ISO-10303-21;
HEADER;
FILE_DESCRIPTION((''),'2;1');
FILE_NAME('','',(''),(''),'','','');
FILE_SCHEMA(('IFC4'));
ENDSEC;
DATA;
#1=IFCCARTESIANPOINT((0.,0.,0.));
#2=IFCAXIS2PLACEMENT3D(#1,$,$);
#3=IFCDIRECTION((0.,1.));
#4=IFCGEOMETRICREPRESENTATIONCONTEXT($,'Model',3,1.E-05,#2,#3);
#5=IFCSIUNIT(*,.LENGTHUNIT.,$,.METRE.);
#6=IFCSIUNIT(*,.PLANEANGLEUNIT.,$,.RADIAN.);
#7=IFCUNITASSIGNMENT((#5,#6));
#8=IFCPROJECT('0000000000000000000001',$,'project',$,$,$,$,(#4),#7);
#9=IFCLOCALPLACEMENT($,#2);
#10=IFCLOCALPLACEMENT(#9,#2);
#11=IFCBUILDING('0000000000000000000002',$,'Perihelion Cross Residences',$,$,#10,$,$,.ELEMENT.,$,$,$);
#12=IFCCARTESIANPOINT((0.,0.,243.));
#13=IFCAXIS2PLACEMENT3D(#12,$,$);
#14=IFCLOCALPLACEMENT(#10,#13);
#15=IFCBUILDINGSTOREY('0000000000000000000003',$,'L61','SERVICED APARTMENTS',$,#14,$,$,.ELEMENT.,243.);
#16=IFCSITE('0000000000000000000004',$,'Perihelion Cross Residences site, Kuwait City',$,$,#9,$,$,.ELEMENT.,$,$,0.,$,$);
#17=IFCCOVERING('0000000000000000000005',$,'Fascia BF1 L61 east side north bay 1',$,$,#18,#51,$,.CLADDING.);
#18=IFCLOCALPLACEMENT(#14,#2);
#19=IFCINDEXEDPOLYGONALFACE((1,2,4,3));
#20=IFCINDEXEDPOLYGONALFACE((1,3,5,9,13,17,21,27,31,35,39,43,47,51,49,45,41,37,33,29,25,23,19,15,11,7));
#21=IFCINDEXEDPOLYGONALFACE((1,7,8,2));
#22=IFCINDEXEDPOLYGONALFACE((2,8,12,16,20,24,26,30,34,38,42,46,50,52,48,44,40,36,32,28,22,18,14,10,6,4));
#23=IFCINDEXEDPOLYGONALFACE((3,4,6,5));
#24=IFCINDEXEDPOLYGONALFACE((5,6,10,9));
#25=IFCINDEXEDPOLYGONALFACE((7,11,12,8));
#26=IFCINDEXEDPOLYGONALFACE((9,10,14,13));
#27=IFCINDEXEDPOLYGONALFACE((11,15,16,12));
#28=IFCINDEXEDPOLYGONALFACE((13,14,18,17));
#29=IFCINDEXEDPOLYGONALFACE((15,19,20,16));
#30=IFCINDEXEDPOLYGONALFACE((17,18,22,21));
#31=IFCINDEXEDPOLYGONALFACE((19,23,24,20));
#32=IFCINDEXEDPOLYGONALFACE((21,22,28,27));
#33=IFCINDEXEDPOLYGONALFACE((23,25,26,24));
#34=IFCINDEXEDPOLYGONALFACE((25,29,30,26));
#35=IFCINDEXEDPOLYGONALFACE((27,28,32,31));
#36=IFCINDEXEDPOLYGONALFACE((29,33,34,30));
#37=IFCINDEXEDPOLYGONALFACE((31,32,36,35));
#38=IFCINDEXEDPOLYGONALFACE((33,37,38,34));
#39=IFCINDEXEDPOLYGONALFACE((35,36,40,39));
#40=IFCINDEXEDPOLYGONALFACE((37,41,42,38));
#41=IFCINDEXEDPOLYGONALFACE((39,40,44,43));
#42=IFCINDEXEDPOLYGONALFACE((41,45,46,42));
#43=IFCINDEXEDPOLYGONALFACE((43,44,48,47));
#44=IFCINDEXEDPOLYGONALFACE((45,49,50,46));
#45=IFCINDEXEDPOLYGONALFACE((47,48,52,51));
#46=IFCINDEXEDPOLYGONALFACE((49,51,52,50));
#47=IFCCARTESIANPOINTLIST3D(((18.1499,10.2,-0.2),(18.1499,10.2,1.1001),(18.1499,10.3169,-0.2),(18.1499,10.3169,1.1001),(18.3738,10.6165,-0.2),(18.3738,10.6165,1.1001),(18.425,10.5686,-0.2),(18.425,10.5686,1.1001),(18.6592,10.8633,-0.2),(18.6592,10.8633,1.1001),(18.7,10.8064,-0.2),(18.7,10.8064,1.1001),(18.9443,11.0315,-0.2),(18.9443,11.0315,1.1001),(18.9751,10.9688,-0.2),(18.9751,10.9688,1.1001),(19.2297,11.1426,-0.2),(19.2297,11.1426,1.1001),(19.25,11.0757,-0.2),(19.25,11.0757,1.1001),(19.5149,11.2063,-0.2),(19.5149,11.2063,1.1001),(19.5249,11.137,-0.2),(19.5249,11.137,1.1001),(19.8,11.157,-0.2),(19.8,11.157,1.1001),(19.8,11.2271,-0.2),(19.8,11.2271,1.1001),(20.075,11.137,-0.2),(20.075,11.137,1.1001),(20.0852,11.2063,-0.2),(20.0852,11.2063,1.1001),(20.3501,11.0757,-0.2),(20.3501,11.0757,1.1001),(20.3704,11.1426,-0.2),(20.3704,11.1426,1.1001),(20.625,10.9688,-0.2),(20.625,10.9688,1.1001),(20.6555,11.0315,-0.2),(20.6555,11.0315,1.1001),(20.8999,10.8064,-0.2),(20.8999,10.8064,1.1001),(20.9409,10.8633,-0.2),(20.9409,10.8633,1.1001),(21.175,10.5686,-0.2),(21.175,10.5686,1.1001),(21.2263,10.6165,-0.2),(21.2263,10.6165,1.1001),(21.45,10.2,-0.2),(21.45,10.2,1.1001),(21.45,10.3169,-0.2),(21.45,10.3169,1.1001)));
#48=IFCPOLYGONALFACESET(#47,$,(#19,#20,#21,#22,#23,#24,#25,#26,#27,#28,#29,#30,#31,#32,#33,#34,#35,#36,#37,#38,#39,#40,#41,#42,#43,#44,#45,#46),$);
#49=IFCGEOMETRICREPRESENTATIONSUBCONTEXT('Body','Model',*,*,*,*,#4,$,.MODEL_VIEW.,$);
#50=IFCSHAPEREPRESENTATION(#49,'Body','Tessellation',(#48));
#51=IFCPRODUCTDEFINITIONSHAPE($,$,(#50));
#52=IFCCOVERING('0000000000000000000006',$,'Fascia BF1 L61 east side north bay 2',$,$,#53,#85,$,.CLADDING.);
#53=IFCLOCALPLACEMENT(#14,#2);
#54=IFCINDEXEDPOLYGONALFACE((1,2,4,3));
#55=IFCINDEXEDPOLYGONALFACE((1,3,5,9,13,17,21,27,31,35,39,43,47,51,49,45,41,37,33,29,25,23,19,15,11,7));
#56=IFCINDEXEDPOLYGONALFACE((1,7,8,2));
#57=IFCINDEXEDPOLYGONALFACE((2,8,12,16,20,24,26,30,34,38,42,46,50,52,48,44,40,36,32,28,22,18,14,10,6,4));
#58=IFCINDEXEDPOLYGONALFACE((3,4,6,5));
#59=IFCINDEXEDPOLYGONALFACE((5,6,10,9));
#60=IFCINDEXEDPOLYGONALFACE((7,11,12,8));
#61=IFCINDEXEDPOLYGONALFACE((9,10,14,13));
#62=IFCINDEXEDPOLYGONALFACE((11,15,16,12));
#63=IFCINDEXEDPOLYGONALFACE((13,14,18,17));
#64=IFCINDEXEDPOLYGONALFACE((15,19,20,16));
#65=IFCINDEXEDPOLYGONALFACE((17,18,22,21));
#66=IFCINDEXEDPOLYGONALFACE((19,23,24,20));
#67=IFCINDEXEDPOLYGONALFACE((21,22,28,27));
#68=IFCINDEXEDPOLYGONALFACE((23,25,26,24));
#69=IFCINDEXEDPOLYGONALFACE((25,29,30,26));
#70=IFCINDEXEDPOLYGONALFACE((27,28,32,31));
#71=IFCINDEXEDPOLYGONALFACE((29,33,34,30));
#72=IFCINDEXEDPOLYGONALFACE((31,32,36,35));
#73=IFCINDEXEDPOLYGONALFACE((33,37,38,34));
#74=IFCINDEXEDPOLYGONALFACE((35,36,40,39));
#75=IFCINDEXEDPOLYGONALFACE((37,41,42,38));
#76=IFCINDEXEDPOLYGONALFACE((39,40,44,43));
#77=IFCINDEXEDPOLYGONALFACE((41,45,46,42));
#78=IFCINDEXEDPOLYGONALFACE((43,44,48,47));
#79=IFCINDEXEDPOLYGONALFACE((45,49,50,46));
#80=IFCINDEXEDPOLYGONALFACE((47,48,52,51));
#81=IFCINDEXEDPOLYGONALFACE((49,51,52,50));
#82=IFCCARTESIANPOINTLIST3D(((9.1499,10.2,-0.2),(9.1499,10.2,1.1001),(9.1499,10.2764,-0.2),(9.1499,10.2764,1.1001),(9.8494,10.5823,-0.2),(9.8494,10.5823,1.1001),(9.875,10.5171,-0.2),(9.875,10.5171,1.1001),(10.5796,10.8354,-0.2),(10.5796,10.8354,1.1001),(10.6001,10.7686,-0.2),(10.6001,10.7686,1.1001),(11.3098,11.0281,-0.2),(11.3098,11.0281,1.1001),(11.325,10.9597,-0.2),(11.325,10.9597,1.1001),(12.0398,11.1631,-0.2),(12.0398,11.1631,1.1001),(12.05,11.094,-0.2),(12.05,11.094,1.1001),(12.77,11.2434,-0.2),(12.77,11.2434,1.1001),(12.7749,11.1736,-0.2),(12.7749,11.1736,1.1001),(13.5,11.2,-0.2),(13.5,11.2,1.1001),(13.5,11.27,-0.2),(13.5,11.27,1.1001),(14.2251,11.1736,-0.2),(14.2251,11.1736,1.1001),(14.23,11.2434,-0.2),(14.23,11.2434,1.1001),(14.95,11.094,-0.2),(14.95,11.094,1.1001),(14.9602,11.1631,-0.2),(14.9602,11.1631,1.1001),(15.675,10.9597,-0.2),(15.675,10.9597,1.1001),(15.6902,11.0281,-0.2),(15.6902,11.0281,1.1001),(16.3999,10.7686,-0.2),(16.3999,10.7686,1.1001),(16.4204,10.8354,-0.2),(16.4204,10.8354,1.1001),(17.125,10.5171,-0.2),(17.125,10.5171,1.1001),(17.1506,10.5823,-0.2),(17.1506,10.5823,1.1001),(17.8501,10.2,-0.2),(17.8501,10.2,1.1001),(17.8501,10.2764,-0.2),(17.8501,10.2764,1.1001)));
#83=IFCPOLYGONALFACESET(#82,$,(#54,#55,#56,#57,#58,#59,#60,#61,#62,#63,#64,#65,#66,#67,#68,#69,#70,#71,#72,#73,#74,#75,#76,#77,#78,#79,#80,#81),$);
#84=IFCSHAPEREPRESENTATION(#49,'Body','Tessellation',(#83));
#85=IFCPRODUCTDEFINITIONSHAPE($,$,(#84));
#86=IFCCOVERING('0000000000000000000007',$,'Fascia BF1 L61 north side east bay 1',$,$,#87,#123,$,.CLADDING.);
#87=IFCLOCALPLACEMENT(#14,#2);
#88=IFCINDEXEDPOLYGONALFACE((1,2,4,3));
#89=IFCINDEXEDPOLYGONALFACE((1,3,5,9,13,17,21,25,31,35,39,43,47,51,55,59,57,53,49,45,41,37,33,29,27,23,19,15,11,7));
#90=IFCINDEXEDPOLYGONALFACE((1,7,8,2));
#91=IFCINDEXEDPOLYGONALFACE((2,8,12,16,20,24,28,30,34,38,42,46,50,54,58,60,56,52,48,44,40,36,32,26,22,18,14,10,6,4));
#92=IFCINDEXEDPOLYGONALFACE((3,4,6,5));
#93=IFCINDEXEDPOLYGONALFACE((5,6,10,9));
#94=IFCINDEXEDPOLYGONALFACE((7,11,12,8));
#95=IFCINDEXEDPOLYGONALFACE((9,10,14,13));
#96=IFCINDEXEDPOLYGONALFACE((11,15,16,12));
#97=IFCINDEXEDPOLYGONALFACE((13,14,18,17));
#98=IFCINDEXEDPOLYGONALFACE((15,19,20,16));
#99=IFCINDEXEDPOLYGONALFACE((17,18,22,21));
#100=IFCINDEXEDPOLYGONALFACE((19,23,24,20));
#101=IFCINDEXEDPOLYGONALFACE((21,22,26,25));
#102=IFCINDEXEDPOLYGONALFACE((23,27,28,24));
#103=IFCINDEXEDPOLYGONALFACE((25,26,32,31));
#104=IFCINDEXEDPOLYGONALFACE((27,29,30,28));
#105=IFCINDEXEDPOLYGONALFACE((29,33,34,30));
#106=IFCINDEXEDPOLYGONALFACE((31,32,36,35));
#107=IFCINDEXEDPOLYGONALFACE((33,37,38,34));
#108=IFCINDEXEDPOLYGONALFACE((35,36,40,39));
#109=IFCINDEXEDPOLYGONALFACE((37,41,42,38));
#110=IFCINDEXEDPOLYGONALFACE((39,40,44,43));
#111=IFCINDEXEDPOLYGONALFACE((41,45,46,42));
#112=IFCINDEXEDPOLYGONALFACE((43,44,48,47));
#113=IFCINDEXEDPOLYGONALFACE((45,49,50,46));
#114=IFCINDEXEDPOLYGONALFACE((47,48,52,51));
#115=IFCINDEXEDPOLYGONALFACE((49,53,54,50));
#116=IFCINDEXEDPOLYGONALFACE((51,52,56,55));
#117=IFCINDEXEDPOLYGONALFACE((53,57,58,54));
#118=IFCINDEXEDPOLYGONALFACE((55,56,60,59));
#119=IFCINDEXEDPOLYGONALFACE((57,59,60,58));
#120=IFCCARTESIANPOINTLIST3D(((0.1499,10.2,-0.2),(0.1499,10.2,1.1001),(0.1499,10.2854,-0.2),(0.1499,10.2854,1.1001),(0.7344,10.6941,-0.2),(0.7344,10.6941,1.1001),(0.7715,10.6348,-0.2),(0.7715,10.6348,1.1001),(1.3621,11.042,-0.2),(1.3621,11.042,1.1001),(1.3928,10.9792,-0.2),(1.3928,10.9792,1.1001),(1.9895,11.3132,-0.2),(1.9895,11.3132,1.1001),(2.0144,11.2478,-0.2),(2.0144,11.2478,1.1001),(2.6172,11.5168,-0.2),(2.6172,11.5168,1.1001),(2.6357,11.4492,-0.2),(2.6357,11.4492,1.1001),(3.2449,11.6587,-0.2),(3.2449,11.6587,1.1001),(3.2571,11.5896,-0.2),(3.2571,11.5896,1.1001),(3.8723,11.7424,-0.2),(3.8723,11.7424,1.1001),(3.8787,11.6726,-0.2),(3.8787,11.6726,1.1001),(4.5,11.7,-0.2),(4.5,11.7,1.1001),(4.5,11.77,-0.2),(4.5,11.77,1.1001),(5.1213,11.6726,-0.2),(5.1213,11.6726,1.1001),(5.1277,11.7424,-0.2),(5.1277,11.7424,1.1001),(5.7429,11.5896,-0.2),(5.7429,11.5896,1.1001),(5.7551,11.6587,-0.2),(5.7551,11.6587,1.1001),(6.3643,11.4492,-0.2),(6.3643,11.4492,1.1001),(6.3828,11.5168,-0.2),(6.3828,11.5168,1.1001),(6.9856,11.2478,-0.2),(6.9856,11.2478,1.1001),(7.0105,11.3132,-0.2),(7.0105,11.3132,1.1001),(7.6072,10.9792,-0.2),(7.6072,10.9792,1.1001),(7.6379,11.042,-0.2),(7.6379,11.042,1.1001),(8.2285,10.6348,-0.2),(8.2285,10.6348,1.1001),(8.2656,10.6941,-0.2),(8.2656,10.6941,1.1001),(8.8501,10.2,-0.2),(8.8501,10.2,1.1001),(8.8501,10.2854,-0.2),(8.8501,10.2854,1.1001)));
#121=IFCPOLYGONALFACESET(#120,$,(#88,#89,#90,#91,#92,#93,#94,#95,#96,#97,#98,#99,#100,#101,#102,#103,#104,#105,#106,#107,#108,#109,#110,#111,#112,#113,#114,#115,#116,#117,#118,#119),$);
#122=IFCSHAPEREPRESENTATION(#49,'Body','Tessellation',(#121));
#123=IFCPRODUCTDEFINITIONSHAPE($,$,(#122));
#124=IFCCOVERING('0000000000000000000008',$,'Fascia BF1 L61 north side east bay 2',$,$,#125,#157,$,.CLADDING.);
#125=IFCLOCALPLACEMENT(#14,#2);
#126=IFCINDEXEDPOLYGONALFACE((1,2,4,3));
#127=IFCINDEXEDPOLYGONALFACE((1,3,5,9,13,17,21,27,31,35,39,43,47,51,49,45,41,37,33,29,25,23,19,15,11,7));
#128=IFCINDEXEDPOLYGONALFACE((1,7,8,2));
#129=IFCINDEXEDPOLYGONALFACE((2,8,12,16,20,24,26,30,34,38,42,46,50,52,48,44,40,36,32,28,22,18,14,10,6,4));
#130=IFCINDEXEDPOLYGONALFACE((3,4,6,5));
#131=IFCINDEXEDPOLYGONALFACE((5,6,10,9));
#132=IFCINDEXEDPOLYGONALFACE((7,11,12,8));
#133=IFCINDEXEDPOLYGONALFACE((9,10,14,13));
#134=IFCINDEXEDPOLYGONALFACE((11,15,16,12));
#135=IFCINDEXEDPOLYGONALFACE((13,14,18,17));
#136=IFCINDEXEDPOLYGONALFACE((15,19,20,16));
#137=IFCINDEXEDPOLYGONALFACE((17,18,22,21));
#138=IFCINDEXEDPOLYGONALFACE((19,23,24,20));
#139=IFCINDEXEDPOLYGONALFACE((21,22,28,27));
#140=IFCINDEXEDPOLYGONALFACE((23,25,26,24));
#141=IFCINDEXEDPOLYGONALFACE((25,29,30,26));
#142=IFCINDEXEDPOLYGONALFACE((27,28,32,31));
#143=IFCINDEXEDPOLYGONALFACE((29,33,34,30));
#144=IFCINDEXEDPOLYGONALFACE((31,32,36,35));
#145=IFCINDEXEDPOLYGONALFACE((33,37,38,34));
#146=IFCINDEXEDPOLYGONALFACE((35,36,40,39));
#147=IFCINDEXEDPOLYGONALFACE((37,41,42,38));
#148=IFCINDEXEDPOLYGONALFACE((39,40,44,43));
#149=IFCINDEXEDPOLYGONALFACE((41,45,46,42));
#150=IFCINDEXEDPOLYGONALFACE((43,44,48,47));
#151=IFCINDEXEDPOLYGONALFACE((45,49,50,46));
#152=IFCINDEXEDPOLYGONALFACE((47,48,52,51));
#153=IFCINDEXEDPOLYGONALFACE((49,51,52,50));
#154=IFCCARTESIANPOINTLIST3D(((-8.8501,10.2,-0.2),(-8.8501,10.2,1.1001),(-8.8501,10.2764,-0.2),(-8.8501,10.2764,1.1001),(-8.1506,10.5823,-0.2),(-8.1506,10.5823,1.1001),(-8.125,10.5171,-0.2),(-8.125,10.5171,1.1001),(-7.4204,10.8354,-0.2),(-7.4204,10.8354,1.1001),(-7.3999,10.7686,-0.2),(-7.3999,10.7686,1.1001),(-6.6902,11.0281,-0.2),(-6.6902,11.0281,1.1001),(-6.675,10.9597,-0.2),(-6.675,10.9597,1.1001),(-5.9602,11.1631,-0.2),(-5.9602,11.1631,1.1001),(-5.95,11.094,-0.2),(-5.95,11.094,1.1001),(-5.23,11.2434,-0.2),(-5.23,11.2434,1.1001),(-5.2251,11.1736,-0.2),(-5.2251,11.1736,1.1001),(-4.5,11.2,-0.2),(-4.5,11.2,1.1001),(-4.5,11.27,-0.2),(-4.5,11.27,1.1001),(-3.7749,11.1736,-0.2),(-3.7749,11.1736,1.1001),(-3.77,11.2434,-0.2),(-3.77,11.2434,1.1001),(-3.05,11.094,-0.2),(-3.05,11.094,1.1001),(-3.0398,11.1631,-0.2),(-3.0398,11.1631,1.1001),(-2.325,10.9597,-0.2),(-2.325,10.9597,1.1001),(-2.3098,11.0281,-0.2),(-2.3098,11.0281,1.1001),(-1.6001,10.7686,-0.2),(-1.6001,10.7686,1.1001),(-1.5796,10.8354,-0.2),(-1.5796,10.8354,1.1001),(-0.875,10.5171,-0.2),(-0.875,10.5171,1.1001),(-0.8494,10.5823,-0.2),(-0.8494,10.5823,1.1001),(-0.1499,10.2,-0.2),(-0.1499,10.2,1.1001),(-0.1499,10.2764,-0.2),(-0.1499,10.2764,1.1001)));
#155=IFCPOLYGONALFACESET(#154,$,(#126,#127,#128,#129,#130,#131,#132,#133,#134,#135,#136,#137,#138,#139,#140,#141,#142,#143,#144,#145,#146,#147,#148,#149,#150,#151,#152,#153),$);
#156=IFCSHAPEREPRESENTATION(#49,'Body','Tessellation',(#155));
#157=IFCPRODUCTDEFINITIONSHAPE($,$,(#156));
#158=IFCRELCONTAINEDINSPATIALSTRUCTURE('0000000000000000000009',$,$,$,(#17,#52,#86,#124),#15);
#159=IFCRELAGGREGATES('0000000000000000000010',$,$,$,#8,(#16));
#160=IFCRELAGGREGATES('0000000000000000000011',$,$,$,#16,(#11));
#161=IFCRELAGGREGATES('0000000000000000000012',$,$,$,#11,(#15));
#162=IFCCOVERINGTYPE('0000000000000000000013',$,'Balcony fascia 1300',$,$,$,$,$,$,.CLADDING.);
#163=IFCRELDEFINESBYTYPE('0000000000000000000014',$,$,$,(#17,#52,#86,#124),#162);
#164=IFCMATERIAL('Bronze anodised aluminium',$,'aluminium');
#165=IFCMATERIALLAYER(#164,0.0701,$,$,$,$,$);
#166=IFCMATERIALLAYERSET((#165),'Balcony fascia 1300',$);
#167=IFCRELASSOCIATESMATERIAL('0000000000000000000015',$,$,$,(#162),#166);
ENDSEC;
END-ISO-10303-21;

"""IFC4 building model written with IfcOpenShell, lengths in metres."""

from ifc_helpers import new_model, si_unit, direction, frame, origin, place, context, subcontext, project, spatial, polyline, outline, extrude, material, layer, layer_set, type_object, element, save


model = new_model("IFC4")

# Units and contexts
model_context = context("Model", 3, precision=1e-05, world=origin(), true_north=direction((0.0, 1.0)))
body_context = subcontext(model_context, "Body", "Model", "MODEL_VIEW")
ifc_project = project(units=[si_unit("LENGTHUNIT", "METRE"), si_unit("PLANEANGLEUNIT", "RADIAN")], contexts=[model_context])

# Site, building, storey
site_placement = place(None, origin())
site = spatial("IfcSite", under=ifc_project, at=site_placement, Name="Perihelion Cross Residences site, Kuwait City", CompositionType="ELEMENT", RefElevation=0.0)
building_placement = place(site_placement, origin())
building = spatial("IfcBuilding", under=site, at=building_placement, Name="Perihelion Cross Residences", CompositionType="ELEMENT")
storey_placement = place(building_placement, frame((0.0, 0.0, 243.0)))
storey = spatial("IfcBuildingStorey", under=building, at=storey_placement, Name="L61", Description="SERVICED APARTMENTS", CompositionType="ELEMENT", Elevation=243.0)

# Coverings
ifc_material_1 = material(Name="Bronze anodised aluminium", Category="aluminium")
ifc_layer_1 = layer(ifc_material_1, 0.0701)
ifc_layer_set_1 = layer_set([ifc_layer_1], Name="Balcony fascia 1300")
covering_type = type_object("IfcCoveringType", Name="Balcony fascia 1300", PredefinedType="CLADDING", material=ifc_layer_set_1)
covering_1_placement = place(storey_placement, frame((0.0, 0.0, -0.2)))
element("IfcCovering", 1, at=covering_1_placement, inside=storey, type_object=covering_type, Name="Fascia BF1 L61 east side north bay 1", PredefinedType="CLADDING", context=body_context, shape_type="SweptSolid", body=[
    extrude(outline(polyline([(21.2263, 10.6165), (20.9409, 10.8633), (20.6555, 11.0315), (20.3704, 11.1426), (20.0852, 11.2063), (19.8, 11.2271), (19.5149, 11.2063), (19.2297, 11.1426), (18.9443, 11.0315), (18.6592, 10.8633), (18.3738, 10.6165), (18.1499, 10.3169), (18.1499, 10.2), (18.425, 10.5686), (18.7, 10.8064), (18.9751, 10.9688), (19.25, 11.0757), (19.5249, 11.137), (19.8, 11.157), (20.075, 11.137), (20.3501, 11.0757), (20.625, 10.9688), (20.8999, 10.8064), (21.175, 10.5686), (21.45, 10.2), (21.45, 10.3169), (21.2263, 10.6165)])), origin(), (0.0, 0.0, 1.0), 1.3),
])
covering_2_placement = place(storey_placement, frame((0.0, 0.0, -0.2)))
element("IfcCovering", 2, at=covering_2_placement, inside=storey, type_object=covering_type, Name="Fascia BF1 L61 east side north bay 2", PredefinedType="CLADDING", context=body_context, shape_type="SweptSolid", body=[
    extrude(outline(polyline([(17.1506, 10.5823), (16.4204, 10.8354), (15.6902, 11.0281), (14.9602, 11.1631), (14.23, 11.2434), (13.5, 11.27), (12.77, 11.2434), (12.0398, 11.1631), (11.3098, 11.0281), (10.5796, 10.8354), (9.8494, 10.5823), (9.1499, 10.2764), (9.1499, 10.2), (9.875, 10.5171), (10.6001, 10.7686), (11.325, 10.9597), (12.05, 11.094), (12.7749, 11.1736), (13.5, 11.2), (14.2251, 11.1736), (14.95, 11.094), (15.675, 10.9597), (16.3999, 10.7686), (17.125, 10.5171), (17.8501, 10.2), (17.8501, 10.2764), (17.1506, 10.5823)])), origin(), (0.0, 0.0, 1.0), 1.3),
])
covering_3_placement = place(storey_placement, frame((0.0, 0.0, -0.2)))
element("IfcCovering", 3, at=covering_3_placement, inside=storey, type_object=covering_type, Name="Fascia BF1 L61 north side east bay 1", PredefinedType="CLADDING", context=body_context, shape_type="SweptSolid", body=[
    extrude(outline(polyline([(8.2656, 10.6941), (7.6379, 11.042), (7.0105, 11.3132), (6.3828, 11.5168), (5.7551, 11.6587), (5.1277, 11.7424), (4.5, 11.77), (3.8723, 11.7424), (3.2449, 11.6587), (2.6172, 11.5168), (1.9895, 11.3132), (1.3621, 11.042), (0.7344, 10.6941), (0.1499, 10.2854), (0.1499, 10.2), (0.7715, 10.6348), (1.3928, 10.9792), (2.0144, 11.2478), (2.6357, 11.4492), (3.2571, 11.5896), (3.8787, 11.6726), (4.5, 11.7), (5.1213, 11.6726), (5.7429, 11.5896), (6.3643, 11.4492), (6.9856, 11.2478), (7.6072, 10.9792), (8.2285, 10.6348), (8.8501, 10.2), (8.8501, 10.2854), (8.2656, 10.6941)])), origin(), (0.0, 0.0, 1.0), 1.3),
])
covering_4_placement = place(storey_placement, frame((0.0, 0.0, -0.2)))
element("IfcCovering", 4, at=covering_4_placement, inside=storey, type_object=covering_type, Name="Fascia BF1 L61 north side east bay 2", PredefinedType="CLADDING", context=body_context, shape_type="SweptSolid", body=[
    extrude(outline(polyline([(-0.8494, 10.5823), (-1.5796, 10.8354), (-2.3098, 11.0281), (-3.0398, 11.1631), (-3.77, 11.2434), (-4.5, 11.27), (-5.23, 11.2434), (-5.9602, 11.1631), (-6.6902, 11.0281), (-7.4204, 10.8354), (-8.1506, 10.5823), (-8.8501, 10.2764), (-8.8501, 10.2), (-8.125, 10.5171), (-7.3999, 10.7686), (-6.675, 10.9597), (-5.95, 11.094), (-5.2251, 11.1736), (-4.5, 11.2), (-3.7749, 11.1736), (-3.05, 11.094), (-2.325, 10.9597), (-1.6001, 10.7686), (-0.875, 10.5171), (-0.1499, 10.2), (-0.1499, 10.2764), (-0.8494, 10.5823)])), origin(), (0.0, 0.0, 1.0), 1.3),
])

save(model, "model.ifc")
